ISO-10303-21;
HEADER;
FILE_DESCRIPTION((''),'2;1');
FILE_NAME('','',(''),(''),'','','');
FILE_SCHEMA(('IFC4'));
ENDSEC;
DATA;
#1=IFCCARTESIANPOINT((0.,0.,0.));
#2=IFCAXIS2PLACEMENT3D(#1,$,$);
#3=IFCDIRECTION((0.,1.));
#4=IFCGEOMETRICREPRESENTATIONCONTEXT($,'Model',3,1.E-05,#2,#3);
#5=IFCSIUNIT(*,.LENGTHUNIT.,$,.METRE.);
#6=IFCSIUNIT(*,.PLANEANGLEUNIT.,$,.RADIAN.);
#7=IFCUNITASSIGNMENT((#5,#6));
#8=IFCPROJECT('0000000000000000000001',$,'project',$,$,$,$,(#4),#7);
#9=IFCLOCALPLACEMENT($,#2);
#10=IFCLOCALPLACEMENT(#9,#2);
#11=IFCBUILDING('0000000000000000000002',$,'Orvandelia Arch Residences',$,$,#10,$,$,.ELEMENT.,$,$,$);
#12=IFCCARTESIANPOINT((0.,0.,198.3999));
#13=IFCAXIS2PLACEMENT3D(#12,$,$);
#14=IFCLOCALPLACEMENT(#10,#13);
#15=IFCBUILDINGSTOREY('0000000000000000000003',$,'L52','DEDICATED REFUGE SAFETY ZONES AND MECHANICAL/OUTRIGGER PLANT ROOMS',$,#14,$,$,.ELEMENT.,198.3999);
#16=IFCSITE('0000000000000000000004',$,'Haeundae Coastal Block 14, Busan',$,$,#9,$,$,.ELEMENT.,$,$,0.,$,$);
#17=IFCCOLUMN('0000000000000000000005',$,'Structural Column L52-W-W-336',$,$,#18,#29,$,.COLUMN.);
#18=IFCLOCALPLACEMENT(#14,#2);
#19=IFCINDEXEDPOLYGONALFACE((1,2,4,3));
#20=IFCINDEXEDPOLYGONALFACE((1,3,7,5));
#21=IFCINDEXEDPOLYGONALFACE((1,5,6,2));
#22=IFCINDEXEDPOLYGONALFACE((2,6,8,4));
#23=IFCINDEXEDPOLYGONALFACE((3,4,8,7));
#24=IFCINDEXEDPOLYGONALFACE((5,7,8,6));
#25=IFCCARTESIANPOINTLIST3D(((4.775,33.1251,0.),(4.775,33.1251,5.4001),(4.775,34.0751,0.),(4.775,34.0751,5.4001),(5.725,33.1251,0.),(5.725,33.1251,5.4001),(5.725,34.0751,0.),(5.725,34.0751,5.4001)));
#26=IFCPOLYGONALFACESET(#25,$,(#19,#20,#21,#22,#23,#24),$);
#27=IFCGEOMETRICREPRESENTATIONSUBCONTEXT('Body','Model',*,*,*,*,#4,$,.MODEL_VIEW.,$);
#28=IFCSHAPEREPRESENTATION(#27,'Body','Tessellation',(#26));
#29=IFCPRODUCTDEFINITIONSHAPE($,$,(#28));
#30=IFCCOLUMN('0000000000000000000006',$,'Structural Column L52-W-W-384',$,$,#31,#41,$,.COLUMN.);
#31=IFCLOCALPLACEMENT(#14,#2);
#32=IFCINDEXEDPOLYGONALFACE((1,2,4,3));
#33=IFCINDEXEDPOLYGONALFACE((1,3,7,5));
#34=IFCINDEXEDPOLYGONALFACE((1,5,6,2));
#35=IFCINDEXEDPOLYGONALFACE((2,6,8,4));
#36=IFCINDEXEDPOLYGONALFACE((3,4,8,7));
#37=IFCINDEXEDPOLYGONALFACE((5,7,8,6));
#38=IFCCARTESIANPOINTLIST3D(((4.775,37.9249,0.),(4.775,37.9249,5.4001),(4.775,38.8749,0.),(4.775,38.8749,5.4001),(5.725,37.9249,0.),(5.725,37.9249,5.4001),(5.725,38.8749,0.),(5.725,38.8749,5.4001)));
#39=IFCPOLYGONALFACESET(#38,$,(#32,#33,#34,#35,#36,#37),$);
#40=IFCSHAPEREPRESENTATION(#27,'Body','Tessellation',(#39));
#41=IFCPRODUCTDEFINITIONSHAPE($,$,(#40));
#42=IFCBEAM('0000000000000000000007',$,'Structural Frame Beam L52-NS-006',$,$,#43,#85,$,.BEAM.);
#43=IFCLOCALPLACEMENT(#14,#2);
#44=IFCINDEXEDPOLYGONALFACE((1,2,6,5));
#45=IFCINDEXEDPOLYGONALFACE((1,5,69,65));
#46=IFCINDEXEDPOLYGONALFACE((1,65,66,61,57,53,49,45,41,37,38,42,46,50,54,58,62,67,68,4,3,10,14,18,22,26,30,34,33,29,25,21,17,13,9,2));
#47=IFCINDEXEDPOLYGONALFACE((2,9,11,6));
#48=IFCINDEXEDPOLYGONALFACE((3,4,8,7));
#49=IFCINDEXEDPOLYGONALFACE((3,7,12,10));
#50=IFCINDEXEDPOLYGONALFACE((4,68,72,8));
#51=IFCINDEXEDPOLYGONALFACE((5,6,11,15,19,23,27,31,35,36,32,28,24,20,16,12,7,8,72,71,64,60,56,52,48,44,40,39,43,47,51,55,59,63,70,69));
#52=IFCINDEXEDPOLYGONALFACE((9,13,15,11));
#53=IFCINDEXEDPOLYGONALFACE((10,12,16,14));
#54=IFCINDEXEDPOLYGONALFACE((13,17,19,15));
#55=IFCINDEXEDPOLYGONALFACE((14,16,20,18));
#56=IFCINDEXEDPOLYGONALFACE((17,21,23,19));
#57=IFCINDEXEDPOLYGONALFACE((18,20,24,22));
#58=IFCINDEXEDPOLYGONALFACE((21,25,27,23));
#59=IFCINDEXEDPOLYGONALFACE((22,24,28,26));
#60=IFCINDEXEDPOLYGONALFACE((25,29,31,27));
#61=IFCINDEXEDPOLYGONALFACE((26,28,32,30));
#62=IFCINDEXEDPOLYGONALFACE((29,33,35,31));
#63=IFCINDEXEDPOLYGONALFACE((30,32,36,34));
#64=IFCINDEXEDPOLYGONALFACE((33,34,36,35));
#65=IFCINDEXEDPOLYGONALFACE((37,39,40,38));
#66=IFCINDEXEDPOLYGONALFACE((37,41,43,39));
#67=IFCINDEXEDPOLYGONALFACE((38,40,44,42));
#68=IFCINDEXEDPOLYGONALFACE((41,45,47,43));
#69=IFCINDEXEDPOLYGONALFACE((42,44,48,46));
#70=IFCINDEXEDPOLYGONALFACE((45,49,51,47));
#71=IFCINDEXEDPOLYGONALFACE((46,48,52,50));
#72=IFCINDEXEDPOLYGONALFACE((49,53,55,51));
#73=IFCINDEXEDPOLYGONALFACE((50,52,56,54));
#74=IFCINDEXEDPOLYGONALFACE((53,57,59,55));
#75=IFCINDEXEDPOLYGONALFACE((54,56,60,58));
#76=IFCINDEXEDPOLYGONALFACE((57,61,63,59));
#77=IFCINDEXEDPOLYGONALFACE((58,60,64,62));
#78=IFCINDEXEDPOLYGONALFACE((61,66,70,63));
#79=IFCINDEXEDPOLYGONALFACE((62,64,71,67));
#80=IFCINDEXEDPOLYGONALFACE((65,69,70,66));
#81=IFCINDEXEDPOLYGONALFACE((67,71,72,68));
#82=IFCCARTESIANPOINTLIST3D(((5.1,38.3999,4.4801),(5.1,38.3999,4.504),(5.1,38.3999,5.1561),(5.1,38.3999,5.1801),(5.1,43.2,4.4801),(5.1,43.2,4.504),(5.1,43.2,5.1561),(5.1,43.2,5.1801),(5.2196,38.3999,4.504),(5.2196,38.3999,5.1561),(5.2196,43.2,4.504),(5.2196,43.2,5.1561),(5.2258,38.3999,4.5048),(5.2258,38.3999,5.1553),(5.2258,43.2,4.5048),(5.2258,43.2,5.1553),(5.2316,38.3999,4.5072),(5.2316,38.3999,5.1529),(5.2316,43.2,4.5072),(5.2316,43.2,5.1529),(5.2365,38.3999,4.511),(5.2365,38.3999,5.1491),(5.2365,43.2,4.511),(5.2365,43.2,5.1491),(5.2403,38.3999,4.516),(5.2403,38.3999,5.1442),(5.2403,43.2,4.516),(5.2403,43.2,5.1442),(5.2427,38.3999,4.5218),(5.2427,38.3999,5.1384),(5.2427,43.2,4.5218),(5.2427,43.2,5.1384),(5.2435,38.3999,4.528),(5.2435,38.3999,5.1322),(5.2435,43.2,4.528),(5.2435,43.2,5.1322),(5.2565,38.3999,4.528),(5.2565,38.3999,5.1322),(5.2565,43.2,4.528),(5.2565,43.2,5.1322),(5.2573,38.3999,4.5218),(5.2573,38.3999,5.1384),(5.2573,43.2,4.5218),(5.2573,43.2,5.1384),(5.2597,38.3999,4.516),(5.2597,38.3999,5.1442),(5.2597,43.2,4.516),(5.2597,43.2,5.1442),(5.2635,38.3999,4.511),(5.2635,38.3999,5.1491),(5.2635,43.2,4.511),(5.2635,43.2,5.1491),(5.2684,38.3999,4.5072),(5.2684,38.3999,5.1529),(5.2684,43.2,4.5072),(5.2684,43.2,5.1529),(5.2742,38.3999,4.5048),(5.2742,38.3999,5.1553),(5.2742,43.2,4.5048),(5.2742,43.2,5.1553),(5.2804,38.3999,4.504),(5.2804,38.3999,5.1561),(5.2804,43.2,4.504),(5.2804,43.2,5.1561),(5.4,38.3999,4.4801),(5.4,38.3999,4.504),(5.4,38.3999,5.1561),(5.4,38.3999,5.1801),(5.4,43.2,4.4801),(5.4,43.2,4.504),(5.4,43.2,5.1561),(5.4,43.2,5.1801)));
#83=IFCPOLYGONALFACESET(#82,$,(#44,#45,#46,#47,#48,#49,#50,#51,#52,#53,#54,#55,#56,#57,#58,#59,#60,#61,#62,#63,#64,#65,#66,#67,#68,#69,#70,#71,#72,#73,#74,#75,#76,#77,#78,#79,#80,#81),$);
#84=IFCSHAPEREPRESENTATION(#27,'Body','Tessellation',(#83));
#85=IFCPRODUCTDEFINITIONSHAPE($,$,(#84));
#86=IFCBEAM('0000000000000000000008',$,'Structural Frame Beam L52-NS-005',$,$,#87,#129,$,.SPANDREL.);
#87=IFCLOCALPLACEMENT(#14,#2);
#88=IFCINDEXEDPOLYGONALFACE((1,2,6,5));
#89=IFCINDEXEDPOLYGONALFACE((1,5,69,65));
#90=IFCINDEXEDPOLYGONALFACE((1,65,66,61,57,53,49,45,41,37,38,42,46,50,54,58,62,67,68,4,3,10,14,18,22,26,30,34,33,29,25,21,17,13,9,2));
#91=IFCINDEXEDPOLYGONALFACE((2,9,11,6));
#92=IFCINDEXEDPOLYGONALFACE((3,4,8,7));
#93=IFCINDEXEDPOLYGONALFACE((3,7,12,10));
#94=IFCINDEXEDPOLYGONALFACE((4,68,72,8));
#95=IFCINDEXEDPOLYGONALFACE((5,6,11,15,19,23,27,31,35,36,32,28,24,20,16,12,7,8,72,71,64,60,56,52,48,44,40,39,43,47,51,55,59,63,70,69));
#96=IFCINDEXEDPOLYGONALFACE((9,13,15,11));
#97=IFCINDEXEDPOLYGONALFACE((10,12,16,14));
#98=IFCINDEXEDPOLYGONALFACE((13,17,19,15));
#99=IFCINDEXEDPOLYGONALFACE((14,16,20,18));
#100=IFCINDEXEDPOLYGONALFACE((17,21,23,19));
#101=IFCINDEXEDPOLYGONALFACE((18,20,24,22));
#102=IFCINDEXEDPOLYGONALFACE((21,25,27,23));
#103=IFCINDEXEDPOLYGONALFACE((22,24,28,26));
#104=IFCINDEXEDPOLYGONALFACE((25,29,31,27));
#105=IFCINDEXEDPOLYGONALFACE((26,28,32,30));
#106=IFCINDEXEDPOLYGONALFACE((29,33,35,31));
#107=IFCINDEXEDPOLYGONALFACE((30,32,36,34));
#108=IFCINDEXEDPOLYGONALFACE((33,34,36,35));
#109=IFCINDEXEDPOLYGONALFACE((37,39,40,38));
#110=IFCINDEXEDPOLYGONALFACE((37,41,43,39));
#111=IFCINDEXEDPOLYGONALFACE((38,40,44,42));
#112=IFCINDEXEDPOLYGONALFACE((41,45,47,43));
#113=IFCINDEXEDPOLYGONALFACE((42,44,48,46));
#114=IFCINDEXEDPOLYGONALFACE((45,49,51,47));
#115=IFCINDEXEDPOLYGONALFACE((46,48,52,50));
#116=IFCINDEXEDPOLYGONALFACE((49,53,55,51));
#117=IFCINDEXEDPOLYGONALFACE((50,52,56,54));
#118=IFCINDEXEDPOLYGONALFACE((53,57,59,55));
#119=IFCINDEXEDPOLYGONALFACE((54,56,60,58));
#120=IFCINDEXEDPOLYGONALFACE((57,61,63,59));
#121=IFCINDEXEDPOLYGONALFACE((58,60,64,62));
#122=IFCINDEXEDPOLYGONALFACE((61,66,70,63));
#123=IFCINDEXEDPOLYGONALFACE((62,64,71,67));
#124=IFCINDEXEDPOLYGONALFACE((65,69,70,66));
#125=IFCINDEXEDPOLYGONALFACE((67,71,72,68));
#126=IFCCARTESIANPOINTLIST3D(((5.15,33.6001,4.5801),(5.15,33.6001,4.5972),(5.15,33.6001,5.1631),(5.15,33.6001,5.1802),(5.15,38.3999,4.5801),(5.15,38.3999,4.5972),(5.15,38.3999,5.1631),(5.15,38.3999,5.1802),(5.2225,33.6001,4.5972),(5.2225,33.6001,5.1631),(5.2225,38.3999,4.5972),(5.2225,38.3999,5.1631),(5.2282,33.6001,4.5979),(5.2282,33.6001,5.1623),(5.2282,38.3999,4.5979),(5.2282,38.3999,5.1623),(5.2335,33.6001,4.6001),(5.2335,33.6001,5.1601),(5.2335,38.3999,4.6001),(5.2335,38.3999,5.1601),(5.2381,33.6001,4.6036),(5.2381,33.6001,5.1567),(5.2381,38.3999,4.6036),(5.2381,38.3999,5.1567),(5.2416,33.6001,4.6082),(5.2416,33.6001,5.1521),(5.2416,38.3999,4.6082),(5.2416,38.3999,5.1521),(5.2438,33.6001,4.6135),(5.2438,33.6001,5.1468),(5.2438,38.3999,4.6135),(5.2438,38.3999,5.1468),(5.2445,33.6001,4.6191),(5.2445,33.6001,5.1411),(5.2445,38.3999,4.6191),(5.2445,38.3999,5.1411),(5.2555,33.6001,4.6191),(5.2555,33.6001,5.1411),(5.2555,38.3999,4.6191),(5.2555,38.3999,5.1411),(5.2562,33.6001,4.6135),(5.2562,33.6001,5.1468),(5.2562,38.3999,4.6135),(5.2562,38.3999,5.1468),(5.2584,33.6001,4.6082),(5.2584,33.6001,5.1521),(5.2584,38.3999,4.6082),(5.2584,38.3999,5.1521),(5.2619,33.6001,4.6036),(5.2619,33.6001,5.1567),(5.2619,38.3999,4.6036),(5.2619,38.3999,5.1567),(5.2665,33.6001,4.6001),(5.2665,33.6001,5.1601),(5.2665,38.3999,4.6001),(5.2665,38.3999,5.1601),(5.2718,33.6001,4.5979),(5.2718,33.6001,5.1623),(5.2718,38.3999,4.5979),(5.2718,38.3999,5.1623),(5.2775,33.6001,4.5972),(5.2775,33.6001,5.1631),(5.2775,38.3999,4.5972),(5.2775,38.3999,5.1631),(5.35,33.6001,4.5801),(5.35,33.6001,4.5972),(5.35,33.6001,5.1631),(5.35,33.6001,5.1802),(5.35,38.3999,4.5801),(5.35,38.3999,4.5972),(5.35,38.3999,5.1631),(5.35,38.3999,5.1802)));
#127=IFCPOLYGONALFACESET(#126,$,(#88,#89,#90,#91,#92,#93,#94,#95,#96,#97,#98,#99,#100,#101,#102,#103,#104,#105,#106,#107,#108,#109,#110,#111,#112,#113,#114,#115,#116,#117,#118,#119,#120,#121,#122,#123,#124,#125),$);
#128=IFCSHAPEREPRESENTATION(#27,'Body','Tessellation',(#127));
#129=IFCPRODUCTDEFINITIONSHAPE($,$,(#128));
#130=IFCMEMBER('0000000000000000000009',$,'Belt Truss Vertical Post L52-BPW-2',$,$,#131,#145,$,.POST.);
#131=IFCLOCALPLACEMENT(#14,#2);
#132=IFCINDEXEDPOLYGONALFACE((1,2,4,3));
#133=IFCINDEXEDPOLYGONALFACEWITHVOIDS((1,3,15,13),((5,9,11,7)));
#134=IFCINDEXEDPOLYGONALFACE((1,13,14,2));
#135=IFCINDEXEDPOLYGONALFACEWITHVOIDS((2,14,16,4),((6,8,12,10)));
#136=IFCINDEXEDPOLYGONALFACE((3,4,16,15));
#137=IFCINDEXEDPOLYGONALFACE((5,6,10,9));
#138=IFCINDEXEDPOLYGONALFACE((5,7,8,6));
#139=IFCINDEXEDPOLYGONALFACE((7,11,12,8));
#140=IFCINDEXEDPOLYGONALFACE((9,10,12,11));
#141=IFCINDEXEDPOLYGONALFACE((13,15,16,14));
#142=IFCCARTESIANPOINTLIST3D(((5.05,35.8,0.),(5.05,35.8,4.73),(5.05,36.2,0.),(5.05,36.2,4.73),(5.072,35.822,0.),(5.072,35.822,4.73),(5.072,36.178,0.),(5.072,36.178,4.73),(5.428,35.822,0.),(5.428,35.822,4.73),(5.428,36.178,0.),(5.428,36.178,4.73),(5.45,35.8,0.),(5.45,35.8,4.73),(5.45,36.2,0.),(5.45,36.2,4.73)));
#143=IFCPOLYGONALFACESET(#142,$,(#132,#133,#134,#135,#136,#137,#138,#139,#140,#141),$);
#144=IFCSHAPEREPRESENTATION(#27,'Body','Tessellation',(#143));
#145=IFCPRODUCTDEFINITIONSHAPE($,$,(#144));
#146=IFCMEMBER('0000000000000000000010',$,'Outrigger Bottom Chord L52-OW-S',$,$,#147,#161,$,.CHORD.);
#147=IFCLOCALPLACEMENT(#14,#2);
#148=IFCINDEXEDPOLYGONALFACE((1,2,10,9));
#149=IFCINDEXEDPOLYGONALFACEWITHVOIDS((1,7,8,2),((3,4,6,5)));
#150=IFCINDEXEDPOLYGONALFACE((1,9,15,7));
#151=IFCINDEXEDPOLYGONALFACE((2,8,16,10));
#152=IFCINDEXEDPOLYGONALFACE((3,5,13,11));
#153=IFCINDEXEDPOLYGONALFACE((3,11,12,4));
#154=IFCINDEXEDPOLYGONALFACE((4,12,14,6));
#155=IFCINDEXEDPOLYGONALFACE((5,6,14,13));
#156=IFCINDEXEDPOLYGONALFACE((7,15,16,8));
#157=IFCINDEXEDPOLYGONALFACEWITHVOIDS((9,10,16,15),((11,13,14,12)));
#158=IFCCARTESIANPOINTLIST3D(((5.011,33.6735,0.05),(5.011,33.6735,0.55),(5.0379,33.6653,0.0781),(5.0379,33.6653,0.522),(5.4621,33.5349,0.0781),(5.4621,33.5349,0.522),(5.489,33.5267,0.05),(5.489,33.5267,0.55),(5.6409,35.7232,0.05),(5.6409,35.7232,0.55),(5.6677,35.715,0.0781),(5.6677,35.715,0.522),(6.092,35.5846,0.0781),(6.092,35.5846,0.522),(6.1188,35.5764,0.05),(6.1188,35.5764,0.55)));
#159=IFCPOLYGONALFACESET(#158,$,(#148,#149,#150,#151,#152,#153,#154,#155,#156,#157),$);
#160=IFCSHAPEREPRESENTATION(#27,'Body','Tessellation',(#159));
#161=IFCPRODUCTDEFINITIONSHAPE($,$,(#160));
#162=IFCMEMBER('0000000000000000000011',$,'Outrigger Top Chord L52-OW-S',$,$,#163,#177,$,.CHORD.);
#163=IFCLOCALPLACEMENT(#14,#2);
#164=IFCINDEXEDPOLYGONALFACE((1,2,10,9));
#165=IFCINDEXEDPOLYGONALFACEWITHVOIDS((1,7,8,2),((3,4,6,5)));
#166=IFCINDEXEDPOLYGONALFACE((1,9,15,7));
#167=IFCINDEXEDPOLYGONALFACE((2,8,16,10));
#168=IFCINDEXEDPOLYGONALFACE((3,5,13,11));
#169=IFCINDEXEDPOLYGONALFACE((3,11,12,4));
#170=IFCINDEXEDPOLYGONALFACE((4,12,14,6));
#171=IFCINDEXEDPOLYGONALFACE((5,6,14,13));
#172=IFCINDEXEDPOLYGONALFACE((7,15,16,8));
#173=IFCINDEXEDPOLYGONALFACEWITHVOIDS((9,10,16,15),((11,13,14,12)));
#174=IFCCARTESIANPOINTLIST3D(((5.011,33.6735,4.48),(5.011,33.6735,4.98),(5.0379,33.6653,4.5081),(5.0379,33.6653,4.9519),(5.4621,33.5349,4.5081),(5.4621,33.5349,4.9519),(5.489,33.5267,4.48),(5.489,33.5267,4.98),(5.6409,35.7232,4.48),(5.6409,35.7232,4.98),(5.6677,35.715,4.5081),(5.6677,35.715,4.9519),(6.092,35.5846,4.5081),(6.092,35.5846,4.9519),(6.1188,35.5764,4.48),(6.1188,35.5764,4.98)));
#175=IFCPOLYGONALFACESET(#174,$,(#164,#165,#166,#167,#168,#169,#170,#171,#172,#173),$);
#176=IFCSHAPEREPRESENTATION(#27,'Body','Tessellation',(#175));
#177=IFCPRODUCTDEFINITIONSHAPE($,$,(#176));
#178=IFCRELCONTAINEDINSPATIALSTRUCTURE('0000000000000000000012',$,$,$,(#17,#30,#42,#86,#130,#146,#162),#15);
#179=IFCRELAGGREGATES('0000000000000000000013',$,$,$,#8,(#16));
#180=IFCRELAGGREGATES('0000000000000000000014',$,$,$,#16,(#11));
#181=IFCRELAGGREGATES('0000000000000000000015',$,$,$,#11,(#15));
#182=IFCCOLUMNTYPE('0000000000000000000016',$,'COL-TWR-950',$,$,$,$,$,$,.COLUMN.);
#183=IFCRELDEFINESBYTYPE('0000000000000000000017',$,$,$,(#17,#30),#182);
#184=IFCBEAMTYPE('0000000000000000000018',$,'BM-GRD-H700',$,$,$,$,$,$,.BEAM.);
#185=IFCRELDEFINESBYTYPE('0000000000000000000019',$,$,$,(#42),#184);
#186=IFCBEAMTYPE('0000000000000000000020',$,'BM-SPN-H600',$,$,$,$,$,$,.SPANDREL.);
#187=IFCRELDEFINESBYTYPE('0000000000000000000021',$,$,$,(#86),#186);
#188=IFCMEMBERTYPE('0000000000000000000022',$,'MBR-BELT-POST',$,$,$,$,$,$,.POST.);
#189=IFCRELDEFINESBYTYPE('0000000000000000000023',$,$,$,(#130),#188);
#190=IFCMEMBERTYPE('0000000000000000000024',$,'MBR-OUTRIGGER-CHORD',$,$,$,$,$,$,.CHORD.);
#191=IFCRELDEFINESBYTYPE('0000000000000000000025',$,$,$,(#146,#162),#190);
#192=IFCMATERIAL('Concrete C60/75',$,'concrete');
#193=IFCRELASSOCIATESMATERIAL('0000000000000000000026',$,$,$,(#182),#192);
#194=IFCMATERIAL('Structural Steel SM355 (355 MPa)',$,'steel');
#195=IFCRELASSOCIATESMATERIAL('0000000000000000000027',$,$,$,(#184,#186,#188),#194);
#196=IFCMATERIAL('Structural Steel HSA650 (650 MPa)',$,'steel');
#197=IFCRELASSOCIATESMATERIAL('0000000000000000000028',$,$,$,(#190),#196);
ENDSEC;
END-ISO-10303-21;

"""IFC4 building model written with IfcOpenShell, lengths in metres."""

from ifc_helpers import new_model, si_unit, direction, frame, origin, origin_2d, place, context, subcontext, project, spatial, rectangle, hollow_rectangle, i_section, extrude, material, material_profile, profile_set, type_object, element, save


model = new_model("IFC4")

# Units and contexts
model_context = context("Model", 3, precision=1e-05, world=origin(), true_north=direction((0.0, 1.0)))
body_context = subcontext(model_context, "Body", "Model", "MODEL_VIEW")
ifc_project = project(units=[si_unit("LENGTHUNIT", "METRE"), si_unit("PLANEANGLEUNIT", "RADIAN")], contexts=[model_context])

# Site, building, storey
site_placement = place(None, origin())
site = spatial("IfcSite", under=ifc_project, at=site_placement, Name="Haeundae Coastal Block 14, Busan", CompositionType="ELEMENT", RefElevation=0.0)
building_placement = place(site_placement, origin())
building = spatial("IfcBuilding", under=site, at=building_placement, Name="Orvandelia Arch Residences", CompositionType="ELEMENT")
storey_placement = place(building_placement, frame((0.0, 0.0, 198.3999)))
storey = spatial("IfcBuildingStorey", under=building, at=storey_placement, Name="L52", Description="DEDICATED REFUGE SAFETY ZONES AND MECHANICAL/OUTRIGGER PLANT ROOMS", CompositionType="ELEMENT", Elevation=198.3999)

# Columns
ifc_material_1 = material(Name="Concrete C60/75", Category="concrete")
ifc_material_profile_1 = material_profile(ifc_material_1, rectangle(XDim=0.95, YDim=0.95, at=origin_2d()), Name="Concrete C60/75", Category="concrete")
ifc_profile_set_1 = profile_set([ifc_material_profile_1], Name="Concrete C60/75")
column_type = type_object("IfcColumnType", Name="COL-TWR-950", PredefinedType="COLUMN", material=ifc_profile_set_1)
for number, where, z_axis, x_axis, name in (
    (1, (5.25, 33.6001, 0.0), (0.0, 0.0, 1.0), (1.0, 0.0, 0.0), "Structural Column L52-W-W-336"),
    (2, (5.25, 38.3999, 0.0), (0.0, 0.0, 1.0), (1.0, 0.0, 0.0), "Structural Column L52-W-W-384"),
):
    element("IfcColumn", number, at=place(storey_placement, frame(where, z_axis=z_axis, x_axis=x_axis)), inside=storey, type_object=column_type, Name=name, PredefinedType="COLUMN", context=body_context, shape_type="SweptSolid", body=[
        extrude(rectangle(XDim=0.95, YDim=0.95, at=origin_2d()), origin(), (0.0, 0.0, 1.0), 5.4001),
    ])

# Beams
ifc_material_2 = material(Name="Structural Steel SM355 (355 MPa)", Category="steel")
ifc_material_profile_2 = material_profile(ifc_material_2, i_section(OverallWidth=0.3, OverallDepth=0.7, WebThickness=0.0129, FlangeThickness=0.0239, FilletRadius=0.0239, at=origin_2d()), Name="Structural Steel SM355 (355 MPa)", Category="steel")
ifc_profile_set_2 = profile_set([ifc_material_profile_2], Name="Structural Steel SM355 (355 MPa)")
beam_type_1 = type_object("IfcBeamType", Name="BM-GRD-H700", PredefinedType="BEAM", material=ifc_profile_set_2)
beam_1_placement = place(storey_placement, frame((5.25, 38.3999, 4.8301), z_axis=(0.0, 1.0, 0.0), x_axis=(-1.0, 0.0, 0.0)))
element("IfcBeam", 3, at=beam_1_placement, inside=storey, type_object=beam_type_1, Name="Structural Frame Beam L52-NS-006", PredefinedType="BEAM", context=body_context, shape_type="SweptSolid", body=[
    extrude(i_section(OverallWidth=0.3, OverallDepth=0.7, WebThickness=0.0129, FlangeThickness=0.0239, FilletRadius=0.0239, at=origin_2d()), origin(), (0.0, 0.0, 1.0), 4.8),
])
ifc_material_profile_3 = material_profile(ifc_material_2, i_section(OverallWidth=0.2, OverallDepth=0.6001, WebThickness=0.011, FlangeThickness=0.0171, FilletRadius=0.022, at=origin_2d()), Name="Structural Steel SM355 (355 MPa)", Category="steel")
ifc_profile_set_3 = profile_set([ifc_material_profile_3], Name="Structural Steel SM355 (355 MPa)")
beam_type_2 = type_object("IfcBeamType", Name="BM-SPN-H600", PredefinedType="SPANDREL", material=ifc_profile_set_3)
beam_2_placement = place(storey_placement, frame((5.25, 33.6001, 4.8801), z_axis=(0.0, 1.0, 0.0), x_axis=(-1.0, 0.0, 0.0)))
element("IfcBeam", 4, at=beam_2_placement, inside=storey, type_object=beam_type_2, Name="Structural Frame Beam L52-NS-005", PredefinedType="SPANDREL", context=body_context, shape_type="SweptSolid", body=[
    extrude(i_section(OverallWidth=0.2, OverallDepth=0.6001, WebThickness=0.011, FlangeThickness=0.0171, FilletRadius=0.022, at=origin_2d()), origin(), (0.0, 0.0, 1.0), 4.7998),
])

# Members
ifc_material_profile_4 = material_profile(ifc_material_2, hollow_rectangle(XDim=0.3999, YDim=0.3999, WallThickness=0.022, at=origin_2d()), Name="Structural Steel SM355 (355 MPa)", Category="steel")
ifc_profile_set_4 = profile_set([ifc_material_profile_4], Name="Structural Steel SM355 (355 MPa)")
member_type_1 = type_object("IfcMemberType", Name="MBR-BELT-POST", PredefinedType="POST", material=ifc_profile_set_4)
member_1_placement = place(storey_placement, frame((5.25, 36.0, 0.0), z_axis=(0.0, 0.0, 1.0), x_axis=(1.0, 0.0, 0.0)))
element("IfcMember", 5, at=member_1_placement, inside=storey, type_object=member_type_1, Name="Belt Truss Vertical Post L52-BPW-2", PredefinedType="POST", context=body_context, shape_type="SweptSolid", body=[
    extrude(hollow_rectangle(XDim=0.3999, YDim=0.3999, WallThickness=0.022, at=origin_2d()), origin(), (0.0, 0.0, 1.0), 4.73),
])
ifc_material_3 = material(Name="Structural Steel HSA650 (650 MPa)", Category="steel")
ifc_material_profile_5 = material_profile(ifc_material_3, hollow_rectangle(XDim=0.5, YDim=0.5, WallThickness=0.0281, at=origin_2d()), Name="Structural Steel HSA650 (650 MPa)", Category="steel")
ifc_profile_set_5 = profile_set([ifc_material_profile_5], Name="Structural Steel HSA650 (650 MPa)")
member_type_2 = type_object("IfcMemberType", Name="MBR-OUTRIGGER-CHORD", PredefinedType="CHORD", material=ifc_profile_set_5)
for number, where, z_axis, x_axis, name in (
    (6, (5.25, 33.6001, 0.3), (0.293734, 0.955887, 0.0), (-0.955887, 0.293734, 0.0), "Outrigger Bottom Chord L52-OW-S"),
    (7, (5.25, 33.6001, 4.73), (0.293734, 0.955887, 0.0), (-0.955887, 0.293734, 0.0), "Outrigger Top Chord L52-OW-S"),
):
    element("IfcMember", number, at=place(storey_placement, frame(where, z_axis=z_axis, x_axis=x_axis)), inside=storey, type_object=member_type_2, Name=name, PredefinedType="CHORD", context=body_context, shape_type="SweptSolid", body=[
        extrude(hollow_rectangle(XDim=0.5, YDim=0.5, WallThickness=0.0281, at=origin_2d()), origin(), (0.0, 0.0, 1.0), 2.1443),
    ])

save(model, "model.ifc")
